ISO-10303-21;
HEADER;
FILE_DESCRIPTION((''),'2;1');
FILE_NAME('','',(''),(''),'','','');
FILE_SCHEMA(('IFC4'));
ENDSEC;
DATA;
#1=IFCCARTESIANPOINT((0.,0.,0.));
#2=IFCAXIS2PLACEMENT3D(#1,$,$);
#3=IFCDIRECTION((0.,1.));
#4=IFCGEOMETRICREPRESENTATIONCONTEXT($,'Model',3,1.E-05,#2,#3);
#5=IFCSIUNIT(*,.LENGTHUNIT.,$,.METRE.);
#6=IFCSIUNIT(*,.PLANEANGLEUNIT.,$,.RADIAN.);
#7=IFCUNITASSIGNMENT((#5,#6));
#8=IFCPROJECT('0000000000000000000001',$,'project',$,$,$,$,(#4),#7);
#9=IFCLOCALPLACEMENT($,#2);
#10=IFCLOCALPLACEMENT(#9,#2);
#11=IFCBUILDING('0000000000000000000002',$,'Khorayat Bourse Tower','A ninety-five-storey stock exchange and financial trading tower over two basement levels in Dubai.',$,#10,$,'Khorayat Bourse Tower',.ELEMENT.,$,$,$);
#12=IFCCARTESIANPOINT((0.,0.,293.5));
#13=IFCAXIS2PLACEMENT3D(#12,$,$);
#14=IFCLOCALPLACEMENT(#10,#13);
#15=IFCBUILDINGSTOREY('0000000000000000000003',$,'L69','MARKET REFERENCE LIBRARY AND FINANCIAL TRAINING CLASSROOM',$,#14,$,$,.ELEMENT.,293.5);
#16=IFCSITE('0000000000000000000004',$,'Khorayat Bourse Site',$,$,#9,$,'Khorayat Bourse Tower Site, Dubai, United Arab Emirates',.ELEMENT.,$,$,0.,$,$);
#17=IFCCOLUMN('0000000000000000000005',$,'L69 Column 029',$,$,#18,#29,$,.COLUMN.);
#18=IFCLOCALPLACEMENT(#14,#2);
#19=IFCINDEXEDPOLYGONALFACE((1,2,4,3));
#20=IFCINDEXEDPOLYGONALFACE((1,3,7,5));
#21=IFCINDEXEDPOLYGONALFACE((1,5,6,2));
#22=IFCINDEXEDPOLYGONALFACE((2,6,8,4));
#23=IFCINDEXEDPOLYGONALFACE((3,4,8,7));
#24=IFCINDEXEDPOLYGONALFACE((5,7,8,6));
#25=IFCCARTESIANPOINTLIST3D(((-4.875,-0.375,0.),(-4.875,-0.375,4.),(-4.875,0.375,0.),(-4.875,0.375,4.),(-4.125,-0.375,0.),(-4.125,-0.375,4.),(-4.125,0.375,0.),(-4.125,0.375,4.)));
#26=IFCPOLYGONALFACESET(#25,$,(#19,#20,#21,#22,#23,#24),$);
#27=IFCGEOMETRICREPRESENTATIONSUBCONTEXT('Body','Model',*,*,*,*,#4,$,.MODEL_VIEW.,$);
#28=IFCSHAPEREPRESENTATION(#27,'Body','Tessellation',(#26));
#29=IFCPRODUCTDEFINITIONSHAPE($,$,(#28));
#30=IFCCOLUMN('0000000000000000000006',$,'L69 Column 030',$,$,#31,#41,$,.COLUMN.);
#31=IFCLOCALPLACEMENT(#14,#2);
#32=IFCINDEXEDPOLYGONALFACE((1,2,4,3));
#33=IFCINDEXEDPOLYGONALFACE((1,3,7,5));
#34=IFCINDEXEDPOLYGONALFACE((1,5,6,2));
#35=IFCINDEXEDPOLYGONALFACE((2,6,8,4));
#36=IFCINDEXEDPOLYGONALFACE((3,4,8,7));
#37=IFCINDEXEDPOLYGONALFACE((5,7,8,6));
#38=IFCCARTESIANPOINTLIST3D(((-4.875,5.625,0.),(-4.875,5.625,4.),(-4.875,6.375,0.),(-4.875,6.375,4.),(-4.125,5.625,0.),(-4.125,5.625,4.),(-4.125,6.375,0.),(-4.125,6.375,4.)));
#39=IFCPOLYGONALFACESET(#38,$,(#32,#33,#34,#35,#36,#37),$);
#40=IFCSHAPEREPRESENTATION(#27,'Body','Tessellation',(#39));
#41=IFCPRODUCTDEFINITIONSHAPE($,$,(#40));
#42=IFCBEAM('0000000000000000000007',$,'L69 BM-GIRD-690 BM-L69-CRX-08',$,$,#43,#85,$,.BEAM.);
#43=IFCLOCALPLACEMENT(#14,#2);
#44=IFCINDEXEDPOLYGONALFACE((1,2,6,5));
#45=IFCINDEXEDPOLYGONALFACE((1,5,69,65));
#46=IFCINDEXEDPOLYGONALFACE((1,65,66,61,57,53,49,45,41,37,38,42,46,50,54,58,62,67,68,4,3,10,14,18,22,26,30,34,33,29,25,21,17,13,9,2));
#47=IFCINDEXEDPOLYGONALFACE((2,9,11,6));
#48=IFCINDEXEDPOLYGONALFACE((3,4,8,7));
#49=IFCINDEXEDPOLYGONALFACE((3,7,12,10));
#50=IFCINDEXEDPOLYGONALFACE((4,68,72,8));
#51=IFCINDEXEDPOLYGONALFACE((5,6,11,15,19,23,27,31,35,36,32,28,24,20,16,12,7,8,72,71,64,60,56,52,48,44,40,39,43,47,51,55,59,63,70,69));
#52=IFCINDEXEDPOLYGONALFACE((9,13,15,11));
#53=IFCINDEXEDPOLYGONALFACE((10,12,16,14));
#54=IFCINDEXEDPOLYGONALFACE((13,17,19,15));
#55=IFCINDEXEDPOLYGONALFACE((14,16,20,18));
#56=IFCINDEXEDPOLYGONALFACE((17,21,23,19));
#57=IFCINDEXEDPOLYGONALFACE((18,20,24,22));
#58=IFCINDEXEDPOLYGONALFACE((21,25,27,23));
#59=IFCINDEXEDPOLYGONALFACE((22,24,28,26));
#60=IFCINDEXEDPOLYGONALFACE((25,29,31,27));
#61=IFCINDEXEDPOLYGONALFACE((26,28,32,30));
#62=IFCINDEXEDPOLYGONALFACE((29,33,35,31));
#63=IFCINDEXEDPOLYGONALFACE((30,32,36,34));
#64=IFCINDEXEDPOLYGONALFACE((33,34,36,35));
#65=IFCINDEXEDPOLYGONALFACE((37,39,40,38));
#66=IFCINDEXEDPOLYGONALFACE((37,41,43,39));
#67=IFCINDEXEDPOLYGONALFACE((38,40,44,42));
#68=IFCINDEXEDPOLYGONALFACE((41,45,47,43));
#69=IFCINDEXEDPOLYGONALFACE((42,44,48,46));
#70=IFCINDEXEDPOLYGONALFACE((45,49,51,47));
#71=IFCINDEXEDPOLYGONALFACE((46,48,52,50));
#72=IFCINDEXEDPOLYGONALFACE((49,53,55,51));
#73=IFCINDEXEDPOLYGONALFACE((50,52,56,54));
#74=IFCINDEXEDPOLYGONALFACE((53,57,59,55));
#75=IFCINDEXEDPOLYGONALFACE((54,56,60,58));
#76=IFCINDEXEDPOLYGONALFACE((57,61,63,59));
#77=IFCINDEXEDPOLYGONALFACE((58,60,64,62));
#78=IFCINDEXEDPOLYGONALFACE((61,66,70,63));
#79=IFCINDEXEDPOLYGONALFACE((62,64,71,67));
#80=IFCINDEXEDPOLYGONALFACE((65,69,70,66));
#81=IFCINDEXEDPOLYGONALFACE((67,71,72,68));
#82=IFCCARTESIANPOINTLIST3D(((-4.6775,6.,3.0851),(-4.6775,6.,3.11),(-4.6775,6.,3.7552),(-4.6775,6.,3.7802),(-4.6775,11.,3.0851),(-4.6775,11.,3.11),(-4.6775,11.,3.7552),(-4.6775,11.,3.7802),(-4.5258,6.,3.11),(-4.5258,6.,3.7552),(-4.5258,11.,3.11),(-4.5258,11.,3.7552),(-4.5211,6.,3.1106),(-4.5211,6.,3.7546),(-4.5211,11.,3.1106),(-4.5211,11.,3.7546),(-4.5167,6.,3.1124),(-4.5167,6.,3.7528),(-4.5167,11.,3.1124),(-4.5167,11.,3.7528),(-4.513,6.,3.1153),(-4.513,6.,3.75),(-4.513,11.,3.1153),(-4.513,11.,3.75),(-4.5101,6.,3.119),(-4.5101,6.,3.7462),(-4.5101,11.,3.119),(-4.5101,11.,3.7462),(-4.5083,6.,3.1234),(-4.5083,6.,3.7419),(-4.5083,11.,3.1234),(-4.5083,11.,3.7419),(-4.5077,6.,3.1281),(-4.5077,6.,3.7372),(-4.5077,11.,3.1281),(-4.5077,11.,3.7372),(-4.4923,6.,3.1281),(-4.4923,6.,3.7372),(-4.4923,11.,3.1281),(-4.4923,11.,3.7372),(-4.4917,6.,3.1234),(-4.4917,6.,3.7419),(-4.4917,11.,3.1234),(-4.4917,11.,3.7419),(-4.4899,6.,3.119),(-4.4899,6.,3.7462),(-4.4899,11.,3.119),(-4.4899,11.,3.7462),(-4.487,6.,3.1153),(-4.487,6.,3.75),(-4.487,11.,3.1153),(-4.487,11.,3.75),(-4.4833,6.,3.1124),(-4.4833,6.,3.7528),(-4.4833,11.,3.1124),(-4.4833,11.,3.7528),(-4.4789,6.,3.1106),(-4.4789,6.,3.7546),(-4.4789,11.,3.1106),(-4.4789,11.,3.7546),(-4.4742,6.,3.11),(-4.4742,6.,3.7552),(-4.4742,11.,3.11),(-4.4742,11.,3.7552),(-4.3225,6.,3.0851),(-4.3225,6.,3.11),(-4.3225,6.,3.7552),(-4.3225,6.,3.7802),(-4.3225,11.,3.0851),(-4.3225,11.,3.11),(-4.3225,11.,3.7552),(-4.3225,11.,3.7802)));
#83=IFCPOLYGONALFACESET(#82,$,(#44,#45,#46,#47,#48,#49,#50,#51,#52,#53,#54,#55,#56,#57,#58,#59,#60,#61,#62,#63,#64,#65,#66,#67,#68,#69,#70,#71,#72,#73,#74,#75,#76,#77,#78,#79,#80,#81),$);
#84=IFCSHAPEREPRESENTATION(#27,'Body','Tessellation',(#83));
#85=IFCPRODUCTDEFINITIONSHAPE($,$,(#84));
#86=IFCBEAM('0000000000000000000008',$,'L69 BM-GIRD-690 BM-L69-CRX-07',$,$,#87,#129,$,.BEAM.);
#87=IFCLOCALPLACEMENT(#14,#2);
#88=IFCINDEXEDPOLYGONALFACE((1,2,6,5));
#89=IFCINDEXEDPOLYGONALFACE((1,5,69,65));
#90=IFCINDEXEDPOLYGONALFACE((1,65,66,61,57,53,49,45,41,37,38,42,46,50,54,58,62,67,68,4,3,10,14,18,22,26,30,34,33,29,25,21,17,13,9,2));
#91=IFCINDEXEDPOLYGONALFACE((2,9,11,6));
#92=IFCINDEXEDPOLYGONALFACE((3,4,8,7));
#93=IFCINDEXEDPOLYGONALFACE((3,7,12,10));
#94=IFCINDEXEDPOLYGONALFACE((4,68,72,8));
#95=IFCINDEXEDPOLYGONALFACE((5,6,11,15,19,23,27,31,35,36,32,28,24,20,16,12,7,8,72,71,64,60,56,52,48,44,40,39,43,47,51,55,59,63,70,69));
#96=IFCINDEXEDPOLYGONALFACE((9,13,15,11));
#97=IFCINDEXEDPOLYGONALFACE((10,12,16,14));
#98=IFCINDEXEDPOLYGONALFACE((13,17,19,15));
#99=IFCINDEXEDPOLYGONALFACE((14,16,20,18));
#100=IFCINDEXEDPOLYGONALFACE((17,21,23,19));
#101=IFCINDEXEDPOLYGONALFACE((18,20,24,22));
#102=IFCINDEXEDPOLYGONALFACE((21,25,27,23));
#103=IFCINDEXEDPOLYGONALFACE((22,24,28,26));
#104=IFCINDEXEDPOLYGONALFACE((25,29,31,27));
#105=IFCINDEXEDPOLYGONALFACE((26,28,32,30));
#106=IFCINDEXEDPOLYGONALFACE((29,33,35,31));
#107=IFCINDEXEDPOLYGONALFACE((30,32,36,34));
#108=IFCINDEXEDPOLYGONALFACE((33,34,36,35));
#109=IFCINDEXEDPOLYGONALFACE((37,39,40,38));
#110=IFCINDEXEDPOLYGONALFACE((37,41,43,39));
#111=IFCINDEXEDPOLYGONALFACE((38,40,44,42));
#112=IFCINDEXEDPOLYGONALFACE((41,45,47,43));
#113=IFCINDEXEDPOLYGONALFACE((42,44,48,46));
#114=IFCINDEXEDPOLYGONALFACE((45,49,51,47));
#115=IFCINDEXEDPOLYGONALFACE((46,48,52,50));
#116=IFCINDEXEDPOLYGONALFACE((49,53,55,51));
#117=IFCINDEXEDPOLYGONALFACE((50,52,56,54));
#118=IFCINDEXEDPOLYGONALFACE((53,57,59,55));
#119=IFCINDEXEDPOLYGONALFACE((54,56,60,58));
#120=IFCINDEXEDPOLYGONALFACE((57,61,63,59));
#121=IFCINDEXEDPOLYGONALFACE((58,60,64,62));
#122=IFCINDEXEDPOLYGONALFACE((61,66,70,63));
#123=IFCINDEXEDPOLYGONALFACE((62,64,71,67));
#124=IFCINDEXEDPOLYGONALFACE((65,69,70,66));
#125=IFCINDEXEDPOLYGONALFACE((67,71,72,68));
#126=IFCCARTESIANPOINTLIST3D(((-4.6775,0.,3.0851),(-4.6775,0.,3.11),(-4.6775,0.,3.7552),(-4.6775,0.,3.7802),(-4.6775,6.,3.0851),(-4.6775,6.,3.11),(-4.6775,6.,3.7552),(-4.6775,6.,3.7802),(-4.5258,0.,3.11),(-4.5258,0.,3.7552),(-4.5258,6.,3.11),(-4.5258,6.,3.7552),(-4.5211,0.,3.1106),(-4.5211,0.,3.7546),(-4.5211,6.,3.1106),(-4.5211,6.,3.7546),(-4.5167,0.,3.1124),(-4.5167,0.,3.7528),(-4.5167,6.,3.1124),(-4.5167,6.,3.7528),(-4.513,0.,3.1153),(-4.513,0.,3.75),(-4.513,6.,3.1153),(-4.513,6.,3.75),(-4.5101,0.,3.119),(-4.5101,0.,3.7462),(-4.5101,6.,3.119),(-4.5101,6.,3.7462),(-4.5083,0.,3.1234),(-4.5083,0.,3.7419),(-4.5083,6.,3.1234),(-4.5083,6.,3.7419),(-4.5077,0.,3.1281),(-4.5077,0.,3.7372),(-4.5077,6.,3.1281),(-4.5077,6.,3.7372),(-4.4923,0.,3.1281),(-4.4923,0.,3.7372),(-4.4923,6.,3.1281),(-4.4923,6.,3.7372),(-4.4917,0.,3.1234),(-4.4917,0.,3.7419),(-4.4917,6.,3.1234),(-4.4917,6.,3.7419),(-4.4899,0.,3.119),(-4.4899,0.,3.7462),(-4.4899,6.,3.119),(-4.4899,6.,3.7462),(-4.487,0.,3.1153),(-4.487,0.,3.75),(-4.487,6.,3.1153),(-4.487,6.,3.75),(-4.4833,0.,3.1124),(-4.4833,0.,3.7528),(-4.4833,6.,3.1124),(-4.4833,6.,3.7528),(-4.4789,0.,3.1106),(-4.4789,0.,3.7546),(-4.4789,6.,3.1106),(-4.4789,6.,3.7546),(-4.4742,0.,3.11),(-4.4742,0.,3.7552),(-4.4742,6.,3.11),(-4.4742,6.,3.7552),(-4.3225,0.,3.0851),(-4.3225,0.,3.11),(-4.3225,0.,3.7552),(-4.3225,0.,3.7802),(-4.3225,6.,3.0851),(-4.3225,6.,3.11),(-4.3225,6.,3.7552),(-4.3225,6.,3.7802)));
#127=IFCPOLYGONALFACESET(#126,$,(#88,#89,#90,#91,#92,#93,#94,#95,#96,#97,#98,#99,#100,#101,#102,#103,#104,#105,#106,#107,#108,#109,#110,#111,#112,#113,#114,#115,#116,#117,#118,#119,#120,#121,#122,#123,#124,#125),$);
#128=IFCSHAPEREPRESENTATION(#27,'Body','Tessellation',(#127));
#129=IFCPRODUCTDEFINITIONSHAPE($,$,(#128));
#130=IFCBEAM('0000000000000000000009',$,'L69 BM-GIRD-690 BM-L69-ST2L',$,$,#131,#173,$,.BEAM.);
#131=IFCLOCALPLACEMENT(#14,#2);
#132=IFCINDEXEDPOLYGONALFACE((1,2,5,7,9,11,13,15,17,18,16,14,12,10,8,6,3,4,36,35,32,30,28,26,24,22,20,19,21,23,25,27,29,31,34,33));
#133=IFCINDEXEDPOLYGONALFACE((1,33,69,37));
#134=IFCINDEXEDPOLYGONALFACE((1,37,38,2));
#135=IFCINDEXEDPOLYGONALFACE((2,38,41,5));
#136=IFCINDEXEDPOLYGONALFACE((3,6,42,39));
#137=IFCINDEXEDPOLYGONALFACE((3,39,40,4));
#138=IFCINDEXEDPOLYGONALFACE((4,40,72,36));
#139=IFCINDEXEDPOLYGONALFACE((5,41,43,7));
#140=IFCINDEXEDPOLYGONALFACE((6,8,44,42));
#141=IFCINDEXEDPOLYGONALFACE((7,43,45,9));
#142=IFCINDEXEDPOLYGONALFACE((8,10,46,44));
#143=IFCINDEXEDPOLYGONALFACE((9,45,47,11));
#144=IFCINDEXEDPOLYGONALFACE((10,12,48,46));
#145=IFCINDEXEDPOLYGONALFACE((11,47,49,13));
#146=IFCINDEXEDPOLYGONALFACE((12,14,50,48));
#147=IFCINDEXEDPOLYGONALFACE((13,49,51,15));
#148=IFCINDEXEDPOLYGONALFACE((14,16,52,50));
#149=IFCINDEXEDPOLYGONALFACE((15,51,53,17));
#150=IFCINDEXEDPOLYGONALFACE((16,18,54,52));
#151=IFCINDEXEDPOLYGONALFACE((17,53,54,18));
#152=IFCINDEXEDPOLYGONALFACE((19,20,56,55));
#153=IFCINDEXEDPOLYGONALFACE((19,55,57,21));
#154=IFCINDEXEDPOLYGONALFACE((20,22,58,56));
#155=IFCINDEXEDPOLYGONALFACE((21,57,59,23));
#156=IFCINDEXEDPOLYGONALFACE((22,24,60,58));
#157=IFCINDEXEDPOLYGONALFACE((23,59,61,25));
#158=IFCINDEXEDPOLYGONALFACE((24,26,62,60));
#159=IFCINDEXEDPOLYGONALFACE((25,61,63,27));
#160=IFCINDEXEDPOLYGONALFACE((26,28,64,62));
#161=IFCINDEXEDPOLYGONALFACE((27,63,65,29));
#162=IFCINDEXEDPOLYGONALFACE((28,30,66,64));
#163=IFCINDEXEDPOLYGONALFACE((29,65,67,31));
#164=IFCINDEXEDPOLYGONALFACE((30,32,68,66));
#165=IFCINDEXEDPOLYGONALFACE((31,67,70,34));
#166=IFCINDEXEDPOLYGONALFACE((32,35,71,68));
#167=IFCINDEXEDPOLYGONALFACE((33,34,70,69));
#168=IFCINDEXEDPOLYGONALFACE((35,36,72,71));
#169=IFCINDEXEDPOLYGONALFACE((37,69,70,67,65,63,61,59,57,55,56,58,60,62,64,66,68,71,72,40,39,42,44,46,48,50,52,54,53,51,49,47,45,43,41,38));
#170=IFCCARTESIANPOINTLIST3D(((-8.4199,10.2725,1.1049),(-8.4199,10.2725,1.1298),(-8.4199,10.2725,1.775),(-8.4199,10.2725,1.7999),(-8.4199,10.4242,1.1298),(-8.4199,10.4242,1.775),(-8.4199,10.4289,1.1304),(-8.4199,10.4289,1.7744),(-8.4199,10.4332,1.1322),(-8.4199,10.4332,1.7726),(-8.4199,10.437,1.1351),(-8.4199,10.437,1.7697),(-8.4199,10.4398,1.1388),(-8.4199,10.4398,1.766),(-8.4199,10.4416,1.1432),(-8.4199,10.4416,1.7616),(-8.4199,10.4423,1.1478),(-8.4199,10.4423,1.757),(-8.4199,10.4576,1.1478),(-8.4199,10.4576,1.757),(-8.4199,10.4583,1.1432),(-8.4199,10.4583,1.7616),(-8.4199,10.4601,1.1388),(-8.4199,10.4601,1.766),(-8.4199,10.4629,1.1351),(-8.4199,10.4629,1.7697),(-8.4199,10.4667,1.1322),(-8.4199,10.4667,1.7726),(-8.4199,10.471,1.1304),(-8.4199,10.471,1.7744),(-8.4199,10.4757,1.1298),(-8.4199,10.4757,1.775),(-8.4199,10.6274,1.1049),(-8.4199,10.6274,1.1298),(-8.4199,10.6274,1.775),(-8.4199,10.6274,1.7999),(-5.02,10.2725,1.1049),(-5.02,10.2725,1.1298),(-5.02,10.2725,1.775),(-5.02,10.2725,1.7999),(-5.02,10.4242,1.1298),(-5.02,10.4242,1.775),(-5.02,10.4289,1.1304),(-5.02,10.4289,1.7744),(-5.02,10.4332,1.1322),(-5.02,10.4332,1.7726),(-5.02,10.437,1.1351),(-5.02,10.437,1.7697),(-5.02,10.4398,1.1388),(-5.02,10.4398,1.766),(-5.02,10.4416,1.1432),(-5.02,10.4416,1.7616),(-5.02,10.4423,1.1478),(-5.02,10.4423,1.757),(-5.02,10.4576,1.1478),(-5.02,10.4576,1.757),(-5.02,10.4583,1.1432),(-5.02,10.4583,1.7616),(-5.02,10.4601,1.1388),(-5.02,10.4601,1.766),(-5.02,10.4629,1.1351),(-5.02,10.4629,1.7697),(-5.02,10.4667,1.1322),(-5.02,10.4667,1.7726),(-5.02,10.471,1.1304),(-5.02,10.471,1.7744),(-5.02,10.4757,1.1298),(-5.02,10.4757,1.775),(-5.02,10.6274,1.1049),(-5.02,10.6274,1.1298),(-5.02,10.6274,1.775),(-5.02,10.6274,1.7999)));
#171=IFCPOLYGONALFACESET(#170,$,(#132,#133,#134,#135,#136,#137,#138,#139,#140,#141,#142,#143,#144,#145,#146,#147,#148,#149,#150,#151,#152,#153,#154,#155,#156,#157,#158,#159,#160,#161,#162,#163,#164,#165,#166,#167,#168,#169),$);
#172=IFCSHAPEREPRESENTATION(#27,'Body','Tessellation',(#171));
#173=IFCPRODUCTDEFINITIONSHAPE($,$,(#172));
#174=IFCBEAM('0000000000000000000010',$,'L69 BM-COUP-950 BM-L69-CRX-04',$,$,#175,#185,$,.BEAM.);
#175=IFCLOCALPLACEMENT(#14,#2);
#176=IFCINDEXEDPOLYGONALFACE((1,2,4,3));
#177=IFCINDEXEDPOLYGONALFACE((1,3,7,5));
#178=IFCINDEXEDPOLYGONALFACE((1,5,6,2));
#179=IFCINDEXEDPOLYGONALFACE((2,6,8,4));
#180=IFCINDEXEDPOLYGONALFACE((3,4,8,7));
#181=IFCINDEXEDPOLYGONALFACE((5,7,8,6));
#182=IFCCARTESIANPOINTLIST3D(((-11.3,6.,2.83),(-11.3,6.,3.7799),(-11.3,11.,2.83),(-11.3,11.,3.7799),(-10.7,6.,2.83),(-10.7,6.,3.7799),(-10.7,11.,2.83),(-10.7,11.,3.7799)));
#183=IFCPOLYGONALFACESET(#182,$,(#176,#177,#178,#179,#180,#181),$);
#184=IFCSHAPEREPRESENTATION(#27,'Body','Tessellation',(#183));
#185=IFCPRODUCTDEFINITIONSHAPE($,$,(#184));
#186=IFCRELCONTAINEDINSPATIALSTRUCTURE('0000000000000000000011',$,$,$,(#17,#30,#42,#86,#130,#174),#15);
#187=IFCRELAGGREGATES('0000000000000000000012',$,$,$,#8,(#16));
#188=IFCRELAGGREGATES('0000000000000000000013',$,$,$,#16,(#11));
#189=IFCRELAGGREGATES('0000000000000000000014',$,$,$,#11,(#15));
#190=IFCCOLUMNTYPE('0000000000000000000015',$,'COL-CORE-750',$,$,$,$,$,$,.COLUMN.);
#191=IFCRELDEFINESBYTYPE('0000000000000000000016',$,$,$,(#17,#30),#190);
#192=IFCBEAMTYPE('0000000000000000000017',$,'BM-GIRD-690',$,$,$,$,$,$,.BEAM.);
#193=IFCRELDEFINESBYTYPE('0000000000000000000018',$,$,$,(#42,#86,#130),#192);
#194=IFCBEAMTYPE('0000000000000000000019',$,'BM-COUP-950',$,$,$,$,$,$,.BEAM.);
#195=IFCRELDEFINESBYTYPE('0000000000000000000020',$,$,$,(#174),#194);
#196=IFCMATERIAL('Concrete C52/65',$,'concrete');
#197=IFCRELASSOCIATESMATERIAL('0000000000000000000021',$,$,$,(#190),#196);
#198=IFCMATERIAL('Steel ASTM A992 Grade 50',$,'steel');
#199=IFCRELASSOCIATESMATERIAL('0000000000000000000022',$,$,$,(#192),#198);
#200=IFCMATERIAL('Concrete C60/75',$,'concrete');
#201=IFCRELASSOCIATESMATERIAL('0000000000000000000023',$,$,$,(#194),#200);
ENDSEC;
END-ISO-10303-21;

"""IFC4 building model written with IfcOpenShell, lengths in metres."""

from ifc_helpers import new_model, si_unit, direction, frame, origin, origin_2d, place, context, subcontext, project, spatial, rectangle, i_section, extrude, source, transform, mapped, material, material_profile, profile_set, type_object, element, save


model = new_model("IFC4")

# Units and contexts
model_context = context("Model", 3, precision=1e-05, world=origin(), true_north=direction((0.0, 1.0)))
body_context = subcontext(model_context, "Body", "Model", "MODEL_VIEW")
ifc_project = project(units=[si_unit("LENGTHUNIT", "METRE"), si_unit("PLANEANGLEUNIT", "RADIAN")], contexts=[model_context])

# Site, building, storey
site_placement = place(None, origin())
site = spatial("IfcSite", under=ifc_project, at=site_placement, Name="Khorayat Bourse Site", LongName="Khorayat Bourse Tower Site, Dubai, United Arab Emirates", CompositionType="ELEMENT", RefElevation=0.0)
building_placement = place(site_placement, origin())
building = spatial("IfcBuilding", under=site, at=building_placement, Name="Khorayat Bourse Tower", Description="A ninety-five-storey stock exchange and financial trading tower over two basement levels in Dubai.", LongName="Khorayat Bourse Tower", CompositionType="ELEMENT")
storey_placement = place(building_placement, frame((0.0, 0.0, 293.5)))
storey = spatial("IfcBuildingStorey", under=building, at=storey_placement, Name="L69", Description="MARKET REFERENCE LIBRARY AND FINANCIAL TRAINING CLASSROOM", CompositionType="ELEMENT", Elevation=293.5)

# Columns
ifc_material_1 = material(Name="Concrete C52/65", Category="concrete")
ifc_material_profile_1 = material_profile(ifc_material_1, rectangle(XDim=0.75, YDim=0.75, at=origin_2d()), Name="RC 750x750")
ifc_profile_set_1 = profile_set([ifc_material_profile_1], Name="Concrete C52/65")
column_type = type_object("IfcColumnType", Name="COL-CORE-750", PredefinedType="COLUMN", material=ifc_profile_set_1)
shared_shape_1 = source(origin(), body_context, "Body", "SweptSolid", [
    extrude(rectangle(XDim=0.75, YDim=0.75, at=origin_2d()), origin(), (0.0, 0.0, 1.0), 4.0),
])
for number, where, z_axis, x_axis, name in (
    (1, (-4.5, 0.0, 0.0), (0.0, 0.0, 1.0), (1.0, 0.0, 0.0), "L69 Column 029"),
    (2, (-4.5, 6.0, 0.0), (0.0, 0.0, 1.0), (1.0, 0.0, 0.0), "L69 Column 030"),
):
    element("IfcColumn", number, at=place(storey_placement, frame(where, z_axis=z_axis, x_axis=x_axis)), inside=storey, type_object=column_type, Name=name, PredefinedType="COLUMN", context=body_context, shape_type="MappedRepresentation", body=[
        mapped(shared_shape_1, transform((0.0, 0.0, 0.0), scale=1.0)),
    ])

# Beams
ifc_material_2 = material(Name="Steel ASTM A992 Grade 50", Category="steel")
ifc_material_profile_2 = material_profile(ifc_material_2, i_section(OverallWidth=0.355, OverallDepth=0.6951, WebThickness=0.0154, FlangeThickness=0.0249, FilletRadius=0.0181, at=origin_2d()), Name="W690X217")
ifc_profile_set_2 = profile_set([ifc_material_profile_2], Name="Steel ASTM A992 Grade 50")
beam_type_1 = type_object("IfcBeamType", Name="BM-GIRD-690", PredefinedType="BEAM", material=ifc_profile_set_2)
shared_shape_2 = source(origin(), body_context, "Body", "SweptSolid", [
    extrude(i_section(OverallWidth=0.355, OverallDepth=0.6951, WebThickness=0.0154, FlangeThickness=0.0249, FilletRadius=0.0181, at=origin_2d()), origin(), (0.0, 0.0, 1.0), 5.0),
])
beam_1_placement = place(storey_placement, frame((-4.5, 6.0, 3.4326), z_axis=(0.0, 1.0, 0.0), x_axis=(-1.0, 0.0, 0.0)))
element("IfcBeam", 3, at=beam_1_placement, inside=storey, type_object=beam_type_1, Name="L69 BM-GIRD-690 BM-L69-CRX-08", PredefinedType="BEAM", context=body_context, shape_type="MappedRepresentation", body=[
    mapped(shared_shape_2, transform((0.0, 0.0, 0.0), scale=1.0)),
])
shared_shape_3 = source(origin(), body_context, "Body", "SweptSolid", [
    extrude(i_section(OverallWidth=0.355, OverallDepth=0.6951, WebThickness=0.0154, FlangeThickness=0.0249, FilletRadius=0.0181, at=origin_2d()), origin(), (0.0, 0.0, 1.0), 6.0),
])
beam_2_placement = place(storey_placement, frame((-4.5, 0.0, 3.4326), z_axis=(0.0, 1.0, 0.0), x_axis=(-1.0, 0.0, 0.0)))
element("IfcBeam", 4, at=beam_2_placement, inside=storey, type_object=beam_type_1, Name="L69 BM-GIRD-690 BM-L69-CRX-07", PredefinedType="BEAM", context=body_context, shape_type="MappedRepresentation", body=[
    mapped(shared_shape_3, transform((0.0, 0.0, 0.0), scale=1.0)),
])
shared_shape_4 = source(origin(), body_context, "Body", "SweptSolid", [
    extrude(i_section(OverallWidth=0.355, OverallDepth=0.6951, WebThickness=0.0154, FlangeThickness=0.0249, FilletRadius=0.0181, at=origin_2d()), origin(), (0.0, 0.0, 1.0), 3.3999),
])
beam_3_placement = place(storey_placement, frame((-8.4199, 10.45, 1.4524), z_axis=(1.0, 0.0, 0.0), x_axis=(0.0, 1.0, 0.0)))
element("IfcBeam", 5, at=beam_3_placement, inside=storey, type_object=beam_type_1, Name="L69 BM-GIRD-690 BM-L69-ST2L", PredefinedType="BEAM", context=body_context, shape_type="MappedRepresentation", body=[
    mapped(shared_shape_4, transform((0.0, 0.0, 0.0), scale=1.0)),
])
ifc_material_3 = material(Name="Concrete C60/75", Category="concrete")
ifc_material_profile_3 = material_profile(ifc_material_3, rectangle(XDim=0.6001, YDim=0.95, at=origin_2d()), Name="RC 600x950")
ifc_profile_set_3 = profile_set([ifc_material_profile_3], Name="Concrete C60/75")
beam_type_2 = type_object("IfcBeamType", Name="BM-COUP-950", PredefinedType="BEAM", material=ifc_profile_set_3)
shared_shape_5 = source(origin(), body_context, "Body", "SweptSolid", [
    extrude(rectangle(XDim=0.6001, YDim=0.95, at=origin_2d()), origin(), (0.0, 0.0, 1.0), 5.0),
])
beam_4_placement = place(storey_placement, frame((-11.0, 6.0, 3.3049), z_axis=(0.0, 1.0, 0.0), x_axis=(-1.0, 0.0, 0.0)))
element("IfcBeam", 6, at=beam_4_placement, inside=storey, type_object=beam_type_2, Name="L69 BM-COUP-950 BM-L69-CRX-04", PredefinedType="BEAM", context=body_context, shape_type="MappedRepresentation", body=[
    mapped(shared_shape_5, transform((0.0, 0.0, 0.0), scale=1.0)),
])

save(model, "model.ifc")
